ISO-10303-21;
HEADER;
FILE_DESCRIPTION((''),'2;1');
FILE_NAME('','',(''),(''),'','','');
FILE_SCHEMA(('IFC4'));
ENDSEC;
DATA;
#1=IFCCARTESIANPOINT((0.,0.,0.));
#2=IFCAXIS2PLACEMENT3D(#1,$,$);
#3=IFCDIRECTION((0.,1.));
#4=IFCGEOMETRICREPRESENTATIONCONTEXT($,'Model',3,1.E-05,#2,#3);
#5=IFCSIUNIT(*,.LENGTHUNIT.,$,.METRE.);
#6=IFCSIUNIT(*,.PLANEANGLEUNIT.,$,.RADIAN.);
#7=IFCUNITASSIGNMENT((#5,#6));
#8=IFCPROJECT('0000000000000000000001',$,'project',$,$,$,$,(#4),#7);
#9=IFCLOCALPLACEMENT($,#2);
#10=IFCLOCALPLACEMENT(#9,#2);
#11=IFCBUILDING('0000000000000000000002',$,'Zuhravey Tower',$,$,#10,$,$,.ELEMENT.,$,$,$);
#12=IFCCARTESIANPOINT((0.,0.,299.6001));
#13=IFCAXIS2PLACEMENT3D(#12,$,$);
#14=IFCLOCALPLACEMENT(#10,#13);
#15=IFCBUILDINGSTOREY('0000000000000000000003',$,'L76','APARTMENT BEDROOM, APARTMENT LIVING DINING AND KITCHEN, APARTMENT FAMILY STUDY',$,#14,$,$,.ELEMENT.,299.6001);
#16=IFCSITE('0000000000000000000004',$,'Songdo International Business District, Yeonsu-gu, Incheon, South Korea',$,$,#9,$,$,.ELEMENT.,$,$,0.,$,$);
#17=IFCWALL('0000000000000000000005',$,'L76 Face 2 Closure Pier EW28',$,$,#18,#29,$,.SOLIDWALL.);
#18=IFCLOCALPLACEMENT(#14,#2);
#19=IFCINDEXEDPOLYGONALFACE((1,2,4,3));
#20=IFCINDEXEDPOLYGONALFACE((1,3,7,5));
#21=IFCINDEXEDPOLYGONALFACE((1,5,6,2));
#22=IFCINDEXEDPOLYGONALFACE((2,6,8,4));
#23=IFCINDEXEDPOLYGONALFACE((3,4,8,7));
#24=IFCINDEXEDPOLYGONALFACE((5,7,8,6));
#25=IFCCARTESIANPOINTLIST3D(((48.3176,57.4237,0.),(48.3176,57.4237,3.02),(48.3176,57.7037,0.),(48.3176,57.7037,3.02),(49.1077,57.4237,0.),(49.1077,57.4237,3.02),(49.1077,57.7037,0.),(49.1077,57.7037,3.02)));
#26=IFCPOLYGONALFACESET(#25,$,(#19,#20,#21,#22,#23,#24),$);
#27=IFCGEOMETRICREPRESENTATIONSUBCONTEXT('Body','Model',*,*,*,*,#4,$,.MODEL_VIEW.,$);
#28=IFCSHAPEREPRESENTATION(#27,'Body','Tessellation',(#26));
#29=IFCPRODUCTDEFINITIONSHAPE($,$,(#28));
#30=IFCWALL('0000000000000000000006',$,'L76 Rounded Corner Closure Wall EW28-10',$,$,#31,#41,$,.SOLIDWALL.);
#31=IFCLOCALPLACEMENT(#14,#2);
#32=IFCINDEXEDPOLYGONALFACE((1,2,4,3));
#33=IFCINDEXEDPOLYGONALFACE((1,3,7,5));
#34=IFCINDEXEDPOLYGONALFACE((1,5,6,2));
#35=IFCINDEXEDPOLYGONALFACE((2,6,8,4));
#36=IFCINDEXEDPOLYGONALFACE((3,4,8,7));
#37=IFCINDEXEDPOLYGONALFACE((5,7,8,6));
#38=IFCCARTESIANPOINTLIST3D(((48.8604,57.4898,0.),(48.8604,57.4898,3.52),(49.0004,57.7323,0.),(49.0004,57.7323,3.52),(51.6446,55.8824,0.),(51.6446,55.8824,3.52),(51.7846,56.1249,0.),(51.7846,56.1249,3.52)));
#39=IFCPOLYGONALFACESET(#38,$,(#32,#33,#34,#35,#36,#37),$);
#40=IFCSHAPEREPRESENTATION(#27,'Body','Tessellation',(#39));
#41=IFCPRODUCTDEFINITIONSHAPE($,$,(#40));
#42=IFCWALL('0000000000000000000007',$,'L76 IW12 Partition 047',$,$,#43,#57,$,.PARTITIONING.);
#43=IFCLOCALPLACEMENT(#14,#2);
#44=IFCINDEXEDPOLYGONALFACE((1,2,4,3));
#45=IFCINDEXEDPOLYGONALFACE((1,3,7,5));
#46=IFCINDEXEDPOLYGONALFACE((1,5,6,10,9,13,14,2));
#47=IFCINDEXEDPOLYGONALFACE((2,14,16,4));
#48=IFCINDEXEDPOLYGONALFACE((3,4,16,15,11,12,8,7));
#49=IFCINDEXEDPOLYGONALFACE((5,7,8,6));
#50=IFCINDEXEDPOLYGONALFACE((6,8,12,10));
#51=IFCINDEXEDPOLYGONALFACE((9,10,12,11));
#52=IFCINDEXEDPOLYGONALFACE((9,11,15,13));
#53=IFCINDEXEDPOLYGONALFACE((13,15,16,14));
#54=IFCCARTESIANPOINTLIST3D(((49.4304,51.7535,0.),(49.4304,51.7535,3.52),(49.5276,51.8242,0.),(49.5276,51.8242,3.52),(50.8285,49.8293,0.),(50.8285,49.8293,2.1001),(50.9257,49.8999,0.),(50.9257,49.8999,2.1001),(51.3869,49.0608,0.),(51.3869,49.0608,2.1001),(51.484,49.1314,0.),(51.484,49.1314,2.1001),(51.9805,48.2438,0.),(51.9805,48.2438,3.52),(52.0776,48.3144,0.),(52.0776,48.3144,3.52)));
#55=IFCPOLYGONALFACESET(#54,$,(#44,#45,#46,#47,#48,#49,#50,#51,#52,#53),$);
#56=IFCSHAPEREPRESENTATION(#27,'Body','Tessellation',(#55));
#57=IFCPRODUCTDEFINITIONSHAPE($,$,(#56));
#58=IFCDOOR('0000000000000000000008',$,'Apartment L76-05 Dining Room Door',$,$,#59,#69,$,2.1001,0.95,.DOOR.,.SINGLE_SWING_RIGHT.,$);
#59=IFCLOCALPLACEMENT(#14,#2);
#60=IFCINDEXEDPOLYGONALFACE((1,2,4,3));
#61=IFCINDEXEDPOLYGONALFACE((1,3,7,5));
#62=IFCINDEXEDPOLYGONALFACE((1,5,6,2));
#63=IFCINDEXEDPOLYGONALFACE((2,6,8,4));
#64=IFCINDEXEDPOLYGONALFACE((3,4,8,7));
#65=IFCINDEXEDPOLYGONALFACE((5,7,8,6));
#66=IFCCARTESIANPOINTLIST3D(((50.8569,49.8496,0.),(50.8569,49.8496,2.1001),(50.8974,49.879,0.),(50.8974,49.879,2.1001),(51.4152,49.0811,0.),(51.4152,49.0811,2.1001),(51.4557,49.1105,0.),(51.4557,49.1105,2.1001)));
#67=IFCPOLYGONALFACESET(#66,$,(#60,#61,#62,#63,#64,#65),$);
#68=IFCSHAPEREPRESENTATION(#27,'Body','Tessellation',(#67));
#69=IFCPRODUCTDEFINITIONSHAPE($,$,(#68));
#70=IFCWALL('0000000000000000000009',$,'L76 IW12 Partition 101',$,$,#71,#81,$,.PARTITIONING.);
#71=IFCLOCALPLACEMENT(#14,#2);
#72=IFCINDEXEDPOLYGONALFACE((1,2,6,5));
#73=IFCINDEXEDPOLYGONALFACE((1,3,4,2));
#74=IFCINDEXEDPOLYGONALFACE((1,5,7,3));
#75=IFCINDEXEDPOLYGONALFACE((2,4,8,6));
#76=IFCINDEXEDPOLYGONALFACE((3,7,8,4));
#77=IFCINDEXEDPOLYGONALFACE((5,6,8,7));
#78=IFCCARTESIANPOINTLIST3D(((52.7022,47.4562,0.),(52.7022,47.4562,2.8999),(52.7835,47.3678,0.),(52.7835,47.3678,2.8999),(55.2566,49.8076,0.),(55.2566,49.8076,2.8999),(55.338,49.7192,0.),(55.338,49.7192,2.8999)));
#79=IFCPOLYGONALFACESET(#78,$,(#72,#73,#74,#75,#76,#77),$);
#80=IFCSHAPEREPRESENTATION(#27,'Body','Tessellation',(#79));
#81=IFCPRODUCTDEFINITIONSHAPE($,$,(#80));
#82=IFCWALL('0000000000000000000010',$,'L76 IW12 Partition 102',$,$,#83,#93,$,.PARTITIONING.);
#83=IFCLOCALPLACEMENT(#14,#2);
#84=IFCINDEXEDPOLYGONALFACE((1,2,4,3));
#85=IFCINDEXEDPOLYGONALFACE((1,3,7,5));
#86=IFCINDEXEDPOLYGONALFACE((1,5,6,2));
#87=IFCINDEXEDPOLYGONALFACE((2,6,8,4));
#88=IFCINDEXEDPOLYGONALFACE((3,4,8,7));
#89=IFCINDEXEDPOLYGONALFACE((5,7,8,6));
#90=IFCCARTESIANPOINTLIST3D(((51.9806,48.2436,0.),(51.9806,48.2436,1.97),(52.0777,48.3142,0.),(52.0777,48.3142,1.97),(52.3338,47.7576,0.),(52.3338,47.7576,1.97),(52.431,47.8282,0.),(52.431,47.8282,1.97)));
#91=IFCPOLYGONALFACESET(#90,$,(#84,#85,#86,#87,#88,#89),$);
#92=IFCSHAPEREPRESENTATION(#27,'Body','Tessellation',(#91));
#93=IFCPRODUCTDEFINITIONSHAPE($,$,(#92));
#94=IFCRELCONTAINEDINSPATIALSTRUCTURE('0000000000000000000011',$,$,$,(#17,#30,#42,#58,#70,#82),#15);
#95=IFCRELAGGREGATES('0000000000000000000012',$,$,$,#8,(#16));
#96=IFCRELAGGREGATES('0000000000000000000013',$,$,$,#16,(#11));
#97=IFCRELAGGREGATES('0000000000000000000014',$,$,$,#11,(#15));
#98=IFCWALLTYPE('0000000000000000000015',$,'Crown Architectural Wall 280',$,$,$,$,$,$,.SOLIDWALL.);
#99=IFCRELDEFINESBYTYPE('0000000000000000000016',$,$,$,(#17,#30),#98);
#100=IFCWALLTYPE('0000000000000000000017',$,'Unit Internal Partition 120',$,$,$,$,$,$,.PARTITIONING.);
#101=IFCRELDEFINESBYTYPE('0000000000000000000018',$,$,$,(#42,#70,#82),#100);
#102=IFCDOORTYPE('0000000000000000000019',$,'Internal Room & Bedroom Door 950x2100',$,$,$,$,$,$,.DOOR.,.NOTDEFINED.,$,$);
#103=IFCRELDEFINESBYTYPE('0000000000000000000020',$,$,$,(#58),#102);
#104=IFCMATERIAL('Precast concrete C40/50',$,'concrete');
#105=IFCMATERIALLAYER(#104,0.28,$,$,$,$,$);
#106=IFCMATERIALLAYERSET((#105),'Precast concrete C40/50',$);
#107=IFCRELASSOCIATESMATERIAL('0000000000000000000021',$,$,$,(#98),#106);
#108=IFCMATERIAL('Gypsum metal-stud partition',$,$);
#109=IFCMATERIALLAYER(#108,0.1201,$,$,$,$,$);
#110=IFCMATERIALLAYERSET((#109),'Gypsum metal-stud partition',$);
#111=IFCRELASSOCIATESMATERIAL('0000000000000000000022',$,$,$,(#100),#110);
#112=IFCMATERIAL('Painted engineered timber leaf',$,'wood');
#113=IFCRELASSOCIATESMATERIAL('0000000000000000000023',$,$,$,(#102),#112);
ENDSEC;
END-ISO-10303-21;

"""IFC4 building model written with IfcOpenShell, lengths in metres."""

from ifc_helpers import new_model, si_unit, direction, frame, frame_2d, origin, place, context, subcontext, project, spatial, rectangle, extrude, material, layer, layer_set, type_object, element, fill, save


model = new_model("IFC4")

# Units and contexts
model_context = context("Model", 3, precision=1e-05, world=origin(), true_north=direction((0.0, 1.0)))
body_context = subcontext(model_context, "Body", "Model", "MODEL_VIEW")
ifc_project = project(units=[si_unit("LENGTHUNIT", "METRE"), si_unit("PLANEANGLEUNIT", "RADIAN")], contexts=[model_context])

# Site, building, storey
site_placement = place(None, origin())
site = spatial("IfcSite", under=ifc_project, at=site_placement, Name="Songdo International Business District, Yeonsu-gu, Incheon, South Korea", CompositionType="ELEMENT", RefElevation=0.0)
building_placement = place(site_placement, origin())
building = spatial("IfcBuilding", under=site, at=building_placement, Name="Zuhravey Tower", CompositionType="ELEMENT")
storey_placement = place(building_placement, frame((0.0, 0.0, 299.6001)))
storey = spatial("IfcBuildingStorey", under=building, at=storey_placement, Name="L76", Description="APARTMENT BEDROOM, APARTMENT LIVING DINING AND KITCHEN, APARTMENT FAMILY STUDY", CompositionType="ELEMENT", Elevation=299.6001)

# Shared definitions
ifc_material_1 = material(Name="Precast concrete C40/50", Category="concrete")
ifc_layer_1 = layer(ifc_material_1, 0.28)
ifc_layer_set_1 = layer_set([ifc_layer_1], Name="Precast concrete C40/50")
wall_type_1 = type_object("IfcWallType", Name="Crown Architectural Wall 280", PredefinedType="SOLIDWALL", material=ifc_layer_set_1)

# Walls
wall_1_placement = place(storey_placement, frame((48.3176, 57.5637, 0.0), z_axis=(0.0, 0.0, 1.0), x_axis=(1.0, 0.0, 0.0)))
element("IfcWall", 1, at=wall_1_placement, inside=storey, type_object=wall_type_1, Name="L76 Face 2 Closure Pier EW28", PredefinedType="SOLIDWALL", context=body_context, shape_type="SweptSolid", body=[
    extrude(rectangle(XDim=0.79, YDim=0.28, at=frame_2d((0.395, 0.0))), origin(), (0.0, 0.0, 1.0), 3.02),
])
wall_2_placement = place(storey_placement, frame((48.9304, 57.6111, 0.0), z_axis=(0.0, 0.0, 1.0), x_axis=(0.866029, -0.499994, 0.0)))
element("IfcWall", 2, at=wall_2_placement, inside=storey, type_object=wall_type_1, Name="L76 Rounded Corner Closure Wall EW28-10", PredefinedType="SOLIDWALL", context=body_context, shape_type="SweptSolid", body=[
    extrude(rectangle(XDim=3.2148, YDim=0.28, at=frame_2d((1.6074, 0.0))), origin(), (0.0, 0.0, 1.0), 3.52),
])

# Wall, opening, door
ifc_material_2 = material(Name="Gypsum metal-stud partition")
ifc_layer_2 = layer(ifc_material_2, 0.1201)
ifc_layer_set_2 = layer_set([ifc_layer_2], Name="Gypsum metal-stud partition")
wall_type_2 = type_object("IfcWallType", Name="Unit Internal Partition 120", PredefinedType="PARTITIONING", material=ifc_layer_set_2)
wall_3_placement = place(storey_placement, frame((52.0291, 48.2791, 0.0), z_axis=(0.0, 0.0, 1.0), x_axis=(-0.587794, 0.809011, 0.0)))
wall_3 = element("IfcWall", 3, at=wall_3_placement, inside=storey, type_object=wall_type_2, Name="L76 IW12 Partition 047", PredefinedType="PARTITIONING", context=body_context, shape_type="SweptSolid", body=[
    extrude(rectangle(XDim=4.3384, YDim=0.1201, at=frame_2d((2.1692, 0.0))), origin(), (0.0, 0.0, 1.0), 3.52),
])
opening_1_placement = place(wall_3_placement, frame((1.0098, 0.0, 0.0)))
opening_1 = element("IfcOpeningElement", 4, at=opening_1_placement, cuts=wall_3, PredefinedType="OPENING", context=body_context, shape_type="SweptSolid", body=[
    extrude(rectangle(XDim=0.95, YDim=2.1001, at=frame_2d((0.4751, 1.05))), frame((0.0, 0.072, 0.0), z_axis=(0.0, -1.0, 0.0), x_axis=(1.0, 0.0, 0.0)), (0.0, 0.0, 1.0), 0.144),
])
ifc_material_3 = material(Name="Painted engineered timber leaf", Category="wood")
door_type_1 = type_object("IfcDoorType", Name="Internal Room & Bedroom Door 950x2100", OperationType="NOTDEFINED", PredefinedType="DOOR", material=ifc_material_3)
door_1_placement = place(opening_1_placement, frame((0.95, 0.0, 0.0), z_axis=(0.0, 0.0, 1.0), x_axis=(-1.0, 0.0, 0.0)))
door_1 = element("IfcDoor", 5, at=door_1_placement, inside=storey, type_object=door_type_1, Name="Apartment L76-05 Dining Room Door", OperationType="SINGLE_SWING_RIGHT", OverallHeight=2.1001, OverallWidth=0.95, PredefinedType="DOOR", context=body_context, shape_type="SweptSolid", body=[
    extrude(rectangle(XDim=0.95, YDim=2.1001, at=frame_2d((0.4751, 1.05))), frame((0.0, 0.0249, 0.0), z_axis=(0.0, -1.0, 0.0), x_axis=(1.0, 0.0, 0.0)), (0.0, 0.0, 1.0), 0.05),
])
fill(opening_1, door_1)

# Walls
wall_4_placement = place(storey_placement, frame((52.7429, 47.4121, 0.0), z_axis=(0.0, 0.0, 1.0), x_axis=(0.735754, 0.677248, 0.0)))
element("IfcWall", 6, at=wall_4_placement, inside=storey, type_object=wall_type_2, Name="L76 IW12 Partition 101", PredefinedType="PARTITIONING", context=body_context, shape_type="SweptSolid", body=[
    extrude(rectangle(XDim=3.4719, YDim=0.1201, at=frame_2d((1.7358, 0.0))), origin(), (0.0, 0.0, 1.0), 2.8999),
])
wall_5_placement = place(storey_placement, frame((52.3823, 47.793, 0.0), z_axis=(0.0, 0.0, 1.0), x_axis=(-0.587906, 0.808929, 0.0)))
element("IfcWall", 7, at=wall_5_placement, inside=storey, type_object=wall_type_2, Name="L76 IW12 Partition 102", PredefinedType="PARTITIONING", context=body_context, shape_type="SweptSolid", body=[
    extrude(rectangle(XDim=0.6008, YDim=0.1201, at=frame_2d((0.3003, 0.0))), origin(), (0.0, 0.0, 1.0), 1.97),
])

save(model, "model.ifc")
